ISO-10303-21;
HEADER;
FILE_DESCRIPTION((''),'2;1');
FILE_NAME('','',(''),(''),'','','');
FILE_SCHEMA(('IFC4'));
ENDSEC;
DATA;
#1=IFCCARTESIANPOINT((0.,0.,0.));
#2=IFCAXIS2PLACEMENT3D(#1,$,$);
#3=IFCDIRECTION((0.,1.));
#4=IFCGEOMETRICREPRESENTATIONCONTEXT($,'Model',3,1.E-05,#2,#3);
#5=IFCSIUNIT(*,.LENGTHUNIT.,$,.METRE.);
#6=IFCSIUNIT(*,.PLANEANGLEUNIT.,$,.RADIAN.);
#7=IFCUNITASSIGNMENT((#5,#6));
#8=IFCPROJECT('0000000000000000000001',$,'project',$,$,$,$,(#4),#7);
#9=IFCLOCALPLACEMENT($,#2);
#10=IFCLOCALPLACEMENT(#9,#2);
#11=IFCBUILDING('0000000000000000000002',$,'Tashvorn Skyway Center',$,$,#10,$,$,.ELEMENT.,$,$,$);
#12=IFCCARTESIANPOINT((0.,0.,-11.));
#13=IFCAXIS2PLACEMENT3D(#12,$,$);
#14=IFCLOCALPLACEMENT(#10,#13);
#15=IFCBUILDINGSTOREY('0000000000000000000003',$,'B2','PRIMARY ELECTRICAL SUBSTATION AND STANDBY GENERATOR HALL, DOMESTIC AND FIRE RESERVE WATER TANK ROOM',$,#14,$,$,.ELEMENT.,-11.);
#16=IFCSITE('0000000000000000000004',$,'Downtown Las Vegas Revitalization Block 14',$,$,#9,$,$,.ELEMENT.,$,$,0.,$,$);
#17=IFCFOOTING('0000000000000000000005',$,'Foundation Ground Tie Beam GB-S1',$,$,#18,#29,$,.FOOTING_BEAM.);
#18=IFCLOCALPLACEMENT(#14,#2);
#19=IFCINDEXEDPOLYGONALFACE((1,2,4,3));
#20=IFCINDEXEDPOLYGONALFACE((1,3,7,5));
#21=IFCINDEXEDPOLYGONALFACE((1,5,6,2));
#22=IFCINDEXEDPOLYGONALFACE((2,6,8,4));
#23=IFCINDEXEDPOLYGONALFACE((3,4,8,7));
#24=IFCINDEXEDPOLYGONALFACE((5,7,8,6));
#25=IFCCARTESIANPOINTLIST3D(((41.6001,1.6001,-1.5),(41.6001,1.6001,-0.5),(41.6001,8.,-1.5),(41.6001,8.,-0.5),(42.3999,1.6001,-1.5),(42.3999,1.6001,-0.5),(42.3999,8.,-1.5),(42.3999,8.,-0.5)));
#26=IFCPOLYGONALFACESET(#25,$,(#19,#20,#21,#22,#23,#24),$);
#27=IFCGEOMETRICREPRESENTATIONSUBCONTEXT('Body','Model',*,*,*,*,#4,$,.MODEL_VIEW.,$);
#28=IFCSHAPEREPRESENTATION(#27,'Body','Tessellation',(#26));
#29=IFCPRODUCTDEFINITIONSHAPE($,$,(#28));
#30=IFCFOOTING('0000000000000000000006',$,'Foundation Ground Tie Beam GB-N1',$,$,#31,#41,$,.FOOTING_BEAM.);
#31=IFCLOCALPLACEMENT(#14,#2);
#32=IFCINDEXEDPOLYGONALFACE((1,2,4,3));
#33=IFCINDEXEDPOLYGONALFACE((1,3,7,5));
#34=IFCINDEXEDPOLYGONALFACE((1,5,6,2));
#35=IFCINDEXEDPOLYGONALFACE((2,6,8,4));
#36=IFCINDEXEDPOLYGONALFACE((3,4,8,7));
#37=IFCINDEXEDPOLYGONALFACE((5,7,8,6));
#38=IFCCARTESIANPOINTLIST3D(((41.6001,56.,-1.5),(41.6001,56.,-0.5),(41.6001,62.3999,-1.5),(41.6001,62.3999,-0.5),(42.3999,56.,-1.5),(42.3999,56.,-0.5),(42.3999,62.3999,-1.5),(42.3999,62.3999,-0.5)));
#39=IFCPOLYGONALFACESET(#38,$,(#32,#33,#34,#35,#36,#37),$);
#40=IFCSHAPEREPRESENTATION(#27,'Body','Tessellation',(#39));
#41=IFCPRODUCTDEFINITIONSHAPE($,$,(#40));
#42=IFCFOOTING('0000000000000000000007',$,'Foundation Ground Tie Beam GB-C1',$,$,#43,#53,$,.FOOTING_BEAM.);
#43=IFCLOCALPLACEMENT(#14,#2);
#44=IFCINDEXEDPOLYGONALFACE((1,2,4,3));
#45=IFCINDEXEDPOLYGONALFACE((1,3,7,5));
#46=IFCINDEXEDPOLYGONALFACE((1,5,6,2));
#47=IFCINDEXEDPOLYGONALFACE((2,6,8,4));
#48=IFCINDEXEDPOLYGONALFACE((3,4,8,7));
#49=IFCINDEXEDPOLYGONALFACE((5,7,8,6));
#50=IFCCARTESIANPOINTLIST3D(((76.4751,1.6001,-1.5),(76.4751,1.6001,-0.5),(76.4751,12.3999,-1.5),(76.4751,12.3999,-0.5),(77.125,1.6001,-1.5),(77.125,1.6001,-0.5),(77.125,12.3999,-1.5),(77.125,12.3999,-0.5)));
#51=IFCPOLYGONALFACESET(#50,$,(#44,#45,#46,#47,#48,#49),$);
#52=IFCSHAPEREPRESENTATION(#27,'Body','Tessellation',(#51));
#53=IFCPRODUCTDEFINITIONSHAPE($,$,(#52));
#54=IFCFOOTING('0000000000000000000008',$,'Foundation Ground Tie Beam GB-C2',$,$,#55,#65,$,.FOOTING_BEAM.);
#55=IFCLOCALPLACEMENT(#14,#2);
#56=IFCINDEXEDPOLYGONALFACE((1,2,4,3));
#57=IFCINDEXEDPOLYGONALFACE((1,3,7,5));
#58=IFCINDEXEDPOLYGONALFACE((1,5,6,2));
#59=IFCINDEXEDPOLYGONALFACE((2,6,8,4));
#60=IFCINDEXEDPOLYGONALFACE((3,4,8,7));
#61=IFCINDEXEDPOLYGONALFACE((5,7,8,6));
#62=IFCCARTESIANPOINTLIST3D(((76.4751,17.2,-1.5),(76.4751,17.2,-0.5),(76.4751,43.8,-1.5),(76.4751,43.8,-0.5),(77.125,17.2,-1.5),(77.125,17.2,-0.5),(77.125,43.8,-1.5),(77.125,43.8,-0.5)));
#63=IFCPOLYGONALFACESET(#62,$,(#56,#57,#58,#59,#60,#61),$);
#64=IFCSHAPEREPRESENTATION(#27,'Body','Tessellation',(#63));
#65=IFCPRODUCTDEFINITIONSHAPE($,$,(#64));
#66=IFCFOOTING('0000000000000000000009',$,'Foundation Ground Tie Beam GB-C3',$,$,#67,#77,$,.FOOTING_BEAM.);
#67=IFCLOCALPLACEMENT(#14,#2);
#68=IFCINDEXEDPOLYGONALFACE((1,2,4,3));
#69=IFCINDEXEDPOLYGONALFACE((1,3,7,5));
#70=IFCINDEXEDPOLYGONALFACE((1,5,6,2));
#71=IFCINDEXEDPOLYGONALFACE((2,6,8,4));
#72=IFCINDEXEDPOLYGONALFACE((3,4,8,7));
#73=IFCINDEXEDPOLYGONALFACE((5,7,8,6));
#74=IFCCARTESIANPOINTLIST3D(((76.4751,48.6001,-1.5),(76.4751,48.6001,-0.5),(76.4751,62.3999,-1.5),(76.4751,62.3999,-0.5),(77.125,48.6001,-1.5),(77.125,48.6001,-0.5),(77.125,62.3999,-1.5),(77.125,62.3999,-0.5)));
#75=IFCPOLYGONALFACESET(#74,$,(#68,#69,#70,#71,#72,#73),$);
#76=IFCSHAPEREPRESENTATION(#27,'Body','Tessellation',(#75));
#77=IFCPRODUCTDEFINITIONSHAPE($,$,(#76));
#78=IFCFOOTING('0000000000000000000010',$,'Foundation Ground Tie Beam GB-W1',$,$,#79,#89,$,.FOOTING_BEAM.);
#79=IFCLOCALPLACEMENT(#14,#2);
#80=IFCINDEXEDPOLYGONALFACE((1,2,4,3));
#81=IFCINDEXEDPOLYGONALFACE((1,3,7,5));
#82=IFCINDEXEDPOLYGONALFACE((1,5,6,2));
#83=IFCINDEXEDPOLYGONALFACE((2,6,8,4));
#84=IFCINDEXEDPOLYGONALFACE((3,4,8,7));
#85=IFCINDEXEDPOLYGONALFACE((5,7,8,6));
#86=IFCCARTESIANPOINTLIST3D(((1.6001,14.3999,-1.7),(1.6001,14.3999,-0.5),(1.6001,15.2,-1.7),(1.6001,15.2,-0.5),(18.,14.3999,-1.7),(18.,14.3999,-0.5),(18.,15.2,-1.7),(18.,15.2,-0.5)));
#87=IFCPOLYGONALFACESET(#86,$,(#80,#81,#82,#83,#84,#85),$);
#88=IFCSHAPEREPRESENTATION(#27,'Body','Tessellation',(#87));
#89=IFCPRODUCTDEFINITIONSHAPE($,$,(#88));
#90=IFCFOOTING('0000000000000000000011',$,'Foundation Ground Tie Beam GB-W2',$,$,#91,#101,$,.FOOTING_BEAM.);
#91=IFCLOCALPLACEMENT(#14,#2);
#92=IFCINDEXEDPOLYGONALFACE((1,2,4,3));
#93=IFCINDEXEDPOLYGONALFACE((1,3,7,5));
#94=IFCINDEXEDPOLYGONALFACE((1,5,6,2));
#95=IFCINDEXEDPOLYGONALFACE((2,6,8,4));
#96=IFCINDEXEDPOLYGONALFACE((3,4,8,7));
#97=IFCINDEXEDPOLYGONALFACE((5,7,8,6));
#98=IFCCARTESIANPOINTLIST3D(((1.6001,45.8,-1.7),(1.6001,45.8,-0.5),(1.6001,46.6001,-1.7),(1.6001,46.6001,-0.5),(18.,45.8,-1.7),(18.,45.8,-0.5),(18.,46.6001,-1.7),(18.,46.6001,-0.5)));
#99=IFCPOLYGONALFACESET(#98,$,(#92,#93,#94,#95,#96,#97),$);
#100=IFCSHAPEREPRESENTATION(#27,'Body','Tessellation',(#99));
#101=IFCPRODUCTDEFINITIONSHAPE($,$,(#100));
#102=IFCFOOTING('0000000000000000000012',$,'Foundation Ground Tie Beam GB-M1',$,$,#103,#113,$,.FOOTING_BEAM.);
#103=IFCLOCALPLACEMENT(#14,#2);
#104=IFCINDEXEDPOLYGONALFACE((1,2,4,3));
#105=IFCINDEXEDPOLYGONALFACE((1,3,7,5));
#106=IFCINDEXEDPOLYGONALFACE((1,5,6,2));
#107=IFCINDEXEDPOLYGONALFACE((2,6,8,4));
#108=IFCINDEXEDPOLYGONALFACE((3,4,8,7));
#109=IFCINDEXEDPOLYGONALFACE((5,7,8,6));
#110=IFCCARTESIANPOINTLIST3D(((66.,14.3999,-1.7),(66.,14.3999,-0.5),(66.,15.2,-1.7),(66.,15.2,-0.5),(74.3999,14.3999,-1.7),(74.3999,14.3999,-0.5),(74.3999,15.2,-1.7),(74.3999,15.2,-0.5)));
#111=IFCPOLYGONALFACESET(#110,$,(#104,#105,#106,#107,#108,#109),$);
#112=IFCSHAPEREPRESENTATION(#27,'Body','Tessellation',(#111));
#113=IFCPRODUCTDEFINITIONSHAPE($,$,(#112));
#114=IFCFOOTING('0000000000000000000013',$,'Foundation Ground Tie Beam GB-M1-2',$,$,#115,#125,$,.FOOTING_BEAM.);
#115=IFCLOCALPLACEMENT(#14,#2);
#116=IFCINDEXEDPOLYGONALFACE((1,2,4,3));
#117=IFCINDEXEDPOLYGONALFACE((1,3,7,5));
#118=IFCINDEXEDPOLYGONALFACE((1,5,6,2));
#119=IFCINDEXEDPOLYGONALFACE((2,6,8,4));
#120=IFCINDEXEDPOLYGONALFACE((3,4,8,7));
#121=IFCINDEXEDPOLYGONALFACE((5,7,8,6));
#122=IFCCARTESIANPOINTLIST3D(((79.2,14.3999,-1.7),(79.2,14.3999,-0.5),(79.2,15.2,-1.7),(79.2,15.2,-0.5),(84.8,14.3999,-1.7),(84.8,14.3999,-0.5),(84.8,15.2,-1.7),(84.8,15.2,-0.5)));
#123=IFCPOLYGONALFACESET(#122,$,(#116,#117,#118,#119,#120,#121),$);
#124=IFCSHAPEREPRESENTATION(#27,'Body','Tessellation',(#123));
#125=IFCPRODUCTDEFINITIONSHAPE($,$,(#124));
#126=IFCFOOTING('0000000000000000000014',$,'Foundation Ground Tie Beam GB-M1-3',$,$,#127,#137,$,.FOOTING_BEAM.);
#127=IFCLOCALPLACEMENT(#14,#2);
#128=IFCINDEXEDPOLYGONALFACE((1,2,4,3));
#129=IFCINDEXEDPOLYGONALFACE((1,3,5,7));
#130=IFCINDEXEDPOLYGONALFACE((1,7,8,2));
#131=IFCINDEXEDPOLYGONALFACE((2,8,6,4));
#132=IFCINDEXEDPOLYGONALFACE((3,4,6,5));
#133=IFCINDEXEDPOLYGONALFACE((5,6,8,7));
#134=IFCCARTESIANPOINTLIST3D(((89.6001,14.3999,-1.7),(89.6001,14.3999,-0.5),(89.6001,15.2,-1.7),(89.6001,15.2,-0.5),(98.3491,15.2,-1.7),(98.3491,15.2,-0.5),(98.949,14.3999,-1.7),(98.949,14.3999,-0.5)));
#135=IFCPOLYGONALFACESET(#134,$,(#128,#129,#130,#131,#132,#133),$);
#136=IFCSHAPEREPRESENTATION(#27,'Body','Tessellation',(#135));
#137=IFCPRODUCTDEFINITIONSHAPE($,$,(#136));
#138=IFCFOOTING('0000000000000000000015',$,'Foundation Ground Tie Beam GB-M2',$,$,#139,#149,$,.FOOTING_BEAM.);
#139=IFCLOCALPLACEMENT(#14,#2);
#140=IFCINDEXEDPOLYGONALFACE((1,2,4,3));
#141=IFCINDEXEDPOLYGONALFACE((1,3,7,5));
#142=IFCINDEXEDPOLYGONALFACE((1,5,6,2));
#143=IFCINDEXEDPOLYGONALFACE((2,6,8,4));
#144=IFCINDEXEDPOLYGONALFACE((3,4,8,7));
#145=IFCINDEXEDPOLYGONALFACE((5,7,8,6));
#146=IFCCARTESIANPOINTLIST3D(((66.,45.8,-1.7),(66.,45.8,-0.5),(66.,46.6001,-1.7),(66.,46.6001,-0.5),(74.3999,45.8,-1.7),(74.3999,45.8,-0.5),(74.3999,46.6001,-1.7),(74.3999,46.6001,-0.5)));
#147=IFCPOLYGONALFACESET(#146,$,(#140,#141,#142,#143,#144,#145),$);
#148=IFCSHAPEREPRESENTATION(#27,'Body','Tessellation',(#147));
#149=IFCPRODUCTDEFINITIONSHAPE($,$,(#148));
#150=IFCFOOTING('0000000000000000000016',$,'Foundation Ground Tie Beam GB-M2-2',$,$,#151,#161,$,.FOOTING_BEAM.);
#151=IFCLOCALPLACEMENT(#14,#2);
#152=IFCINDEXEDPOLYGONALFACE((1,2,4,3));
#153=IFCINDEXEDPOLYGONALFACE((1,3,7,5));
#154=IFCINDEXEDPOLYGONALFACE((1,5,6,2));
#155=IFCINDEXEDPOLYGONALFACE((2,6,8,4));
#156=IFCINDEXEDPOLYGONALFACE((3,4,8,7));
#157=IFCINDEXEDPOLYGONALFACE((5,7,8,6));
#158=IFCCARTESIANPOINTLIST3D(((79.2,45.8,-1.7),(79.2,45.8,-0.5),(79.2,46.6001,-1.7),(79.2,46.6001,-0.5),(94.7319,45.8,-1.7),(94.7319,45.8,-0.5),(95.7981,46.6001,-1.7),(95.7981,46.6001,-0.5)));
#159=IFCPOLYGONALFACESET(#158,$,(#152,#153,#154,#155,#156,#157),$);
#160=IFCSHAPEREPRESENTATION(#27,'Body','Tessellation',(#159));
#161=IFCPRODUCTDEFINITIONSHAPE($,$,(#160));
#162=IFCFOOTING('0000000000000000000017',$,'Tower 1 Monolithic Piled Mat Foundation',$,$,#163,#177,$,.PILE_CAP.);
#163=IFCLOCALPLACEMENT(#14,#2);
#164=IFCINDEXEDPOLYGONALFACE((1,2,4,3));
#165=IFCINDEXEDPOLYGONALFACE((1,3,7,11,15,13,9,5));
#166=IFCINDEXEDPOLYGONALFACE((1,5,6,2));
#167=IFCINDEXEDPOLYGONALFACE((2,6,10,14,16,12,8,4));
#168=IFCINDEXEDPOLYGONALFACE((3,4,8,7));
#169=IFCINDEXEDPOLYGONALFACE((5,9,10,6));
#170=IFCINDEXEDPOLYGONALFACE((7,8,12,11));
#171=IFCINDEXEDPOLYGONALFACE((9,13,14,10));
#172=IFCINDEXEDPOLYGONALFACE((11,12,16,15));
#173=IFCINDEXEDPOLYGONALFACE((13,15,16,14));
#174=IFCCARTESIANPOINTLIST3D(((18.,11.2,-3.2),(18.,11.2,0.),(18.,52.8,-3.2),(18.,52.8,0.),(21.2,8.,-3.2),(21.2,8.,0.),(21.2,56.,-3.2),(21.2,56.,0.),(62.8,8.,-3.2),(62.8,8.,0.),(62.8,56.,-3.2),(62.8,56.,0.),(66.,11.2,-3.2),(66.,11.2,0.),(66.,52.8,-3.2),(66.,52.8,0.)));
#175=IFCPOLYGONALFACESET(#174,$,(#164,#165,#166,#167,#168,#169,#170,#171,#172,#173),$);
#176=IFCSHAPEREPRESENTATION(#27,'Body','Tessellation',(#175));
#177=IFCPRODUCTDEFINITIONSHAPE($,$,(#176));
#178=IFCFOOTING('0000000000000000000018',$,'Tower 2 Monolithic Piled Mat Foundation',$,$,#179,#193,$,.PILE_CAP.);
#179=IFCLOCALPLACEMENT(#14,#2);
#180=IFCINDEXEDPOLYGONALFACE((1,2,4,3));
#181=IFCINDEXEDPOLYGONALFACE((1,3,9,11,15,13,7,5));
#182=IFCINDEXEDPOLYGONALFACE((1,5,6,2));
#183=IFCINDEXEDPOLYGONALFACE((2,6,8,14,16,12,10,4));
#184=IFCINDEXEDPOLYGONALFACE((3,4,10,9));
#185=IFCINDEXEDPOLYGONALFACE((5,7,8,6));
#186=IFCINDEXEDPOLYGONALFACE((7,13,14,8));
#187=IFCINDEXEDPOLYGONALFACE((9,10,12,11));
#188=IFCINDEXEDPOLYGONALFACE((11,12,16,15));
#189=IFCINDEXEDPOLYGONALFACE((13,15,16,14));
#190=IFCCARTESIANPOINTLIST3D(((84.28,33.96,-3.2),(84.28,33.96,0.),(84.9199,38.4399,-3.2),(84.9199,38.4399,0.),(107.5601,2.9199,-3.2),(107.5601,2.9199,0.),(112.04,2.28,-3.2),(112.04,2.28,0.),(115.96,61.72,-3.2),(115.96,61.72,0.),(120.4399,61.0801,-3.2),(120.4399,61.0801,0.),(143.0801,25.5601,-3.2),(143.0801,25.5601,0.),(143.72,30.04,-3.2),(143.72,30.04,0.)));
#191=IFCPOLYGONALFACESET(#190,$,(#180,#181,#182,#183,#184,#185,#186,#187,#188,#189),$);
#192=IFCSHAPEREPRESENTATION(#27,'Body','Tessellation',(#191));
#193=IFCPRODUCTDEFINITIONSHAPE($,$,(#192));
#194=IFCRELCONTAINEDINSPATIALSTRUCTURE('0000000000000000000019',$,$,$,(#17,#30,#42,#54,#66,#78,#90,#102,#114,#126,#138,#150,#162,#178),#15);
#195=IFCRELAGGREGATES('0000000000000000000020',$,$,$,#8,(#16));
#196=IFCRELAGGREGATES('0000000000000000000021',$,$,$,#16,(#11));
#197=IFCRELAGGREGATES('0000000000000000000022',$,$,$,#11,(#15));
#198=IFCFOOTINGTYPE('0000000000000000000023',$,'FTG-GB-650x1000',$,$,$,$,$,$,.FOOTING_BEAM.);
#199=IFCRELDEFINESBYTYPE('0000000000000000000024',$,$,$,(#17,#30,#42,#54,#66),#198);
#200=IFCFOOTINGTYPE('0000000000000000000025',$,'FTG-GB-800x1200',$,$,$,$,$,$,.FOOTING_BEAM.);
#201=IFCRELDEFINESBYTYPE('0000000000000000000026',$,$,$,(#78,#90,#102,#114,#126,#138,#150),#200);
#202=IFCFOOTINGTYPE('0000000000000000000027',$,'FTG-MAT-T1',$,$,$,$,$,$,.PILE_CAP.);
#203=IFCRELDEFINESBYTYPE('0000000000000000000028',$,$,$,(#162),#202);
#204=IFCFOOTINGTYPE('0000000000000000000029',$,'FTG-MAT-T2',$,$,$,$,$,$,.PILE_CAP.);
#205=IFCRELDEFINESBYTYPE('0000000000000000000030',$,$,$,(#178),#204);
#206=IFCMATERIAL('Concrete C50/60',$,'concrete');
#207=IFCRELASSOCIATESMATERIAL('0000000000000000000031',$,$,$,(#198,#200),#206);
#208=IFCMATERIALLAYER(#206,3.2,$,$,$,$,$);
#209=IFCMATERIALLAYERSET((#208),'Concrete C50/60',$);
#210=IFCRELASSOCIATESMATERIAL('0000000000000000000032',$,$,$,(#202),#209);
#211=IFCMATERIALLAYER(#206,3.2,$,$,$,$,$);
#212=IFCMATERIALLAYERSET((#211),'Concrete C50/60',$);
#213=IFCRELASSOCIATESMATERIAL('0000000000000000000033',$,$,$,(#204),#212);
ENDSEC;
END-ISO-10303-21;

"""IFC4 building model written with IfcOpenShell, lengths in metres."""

from ifc_helpers import new_model, si_unit, direction, frame, origin, place, context, subcontext, project, spatial, polyline, outline, extrude, material, layer, layer_set, type_object, element, save


model = new_model("IFC4")

# Units and contexts
model_context = context("Model", 3, precision=1e-05, world=origin(), true_north=direction((0.0, 1.0)))
body_context = subcontext(model_context, "Body", "Model", "MODEL_VIEW")
ifc_project = project(units=[si_unit("LENGTHUNIT", "METRE"), si_unit("PLANEANGLEUNIT", "RADIAN")], contexts=[model_context])

# Site, building, storey
site_placement = place(None, origin())
site = spatial("IfcSite", under=ifc_project, at=site_placement, Name="Downtown Las Vegas Revitalization Block 14", CompositionType="ELEMENT", RefElevation=0.0)
building_placement = place(site_placement, origin())
building = spatial("IfcBuilding", under=site, at=building_placement, Name="Tashvorn Skyway Center", CompositionType="ELEMENT")
storey_placement = place(building_placement, frame((0.0, 0.0, -11.0)))
storey = spatial("IfcBuildingStorey", under=building, at=storey_placement, Name="B2", Description="PRIMARY ELECTRICAL SUBSTATION AND STANDBY GENERATOR HALL, DOMESTIC AND FIRE RESERVE WATER TANK ROOM", CompositionType="ELEMENT", Elevation=-11.0)

# Footings
ifc_material_1 = material(Name="Concrete C50/60", Category="concrete")
footing_type_1 = type_object("IfcFootingType", Name="FTG-GB-650x1000", PredefinedType="FOOTING_BEAM", material=ifc_material_1)
footing_1_placement = place(storey_placement, frame((0.0, 0.0, -1.5)))
element("IfcFooting", 1, at=footing_1_placement, inside=storey, type_object=footing_type_1, Name="Foundation Ground Tie Beam GB-S1", PredefinedType="FOOTING_BEAM", context=body_context, shape_type="SweptSolid", body=[
    extrude(outline(polyline([(41.6001, 1.6001), (42.3999, 1.6001), (42.3999, 8.0), (41.6001, 8.0), (41.6001, 1.6001)])), origin(), (0.0, 0.0, 1.0), 1.0),
])
footing_2_placement = place(storey_placement, frame((0.0, 0.0, -1.5)))
element("IfcFooting", 2, at=footing_2_placement, inside=storey, type_object=footing_type_1, Name="Foundation Ground Tie Beam GB-N1", PredefinedType="FOOTING_BEAM", context=body_context, shape_type="SweptSolid", body=[
    extrude(outline(polyline([(41.6001, 56.0), (42.3999, 56.0), (42.3999, 62.3999), (41.6001, 62.3999), (41.6001, 56.0)])), origin(), (0.0, 0.0, 1.0), 1.0),
])
footing_3_placement = place(storey_placement, frame((0.0, 0.0, -1.5)))
element("IfcFooting", 3, at=footing_3_placement, inside=storey, type_object=footing_type_1, Name="Foundation Ground Tie Beam GB-C1", PredefinedType="FOOTING_BEAM", context=body_context, shape_type="SweptSolid", body=[
    extrude(outline(polyline([(76.4751, 1.6001), (77.125, 1.6001), (77.125, 12.3999), (76.4751, 12.3999), (76.4751, 1.6001)])), origin(), (0.0, 0.0, 1.0), 1.0),
])
footing_4_placement = place(storey_placement, frame((0.0, 0.0, -1.5)))
element("IfcFooting", 4, at=footing_4_placement, inside=storey, type_object=footing_type_1, Name="Foundation Ground Tie Beam GB-C2", PredefinedType="FOOTING_BEAM", context=body_context, shape_type="SweptSolid", body=[
    extrude(outline(polyline([(76.4751, 17.2), (77.125, 17.2), (77.125, 43.8), (76.4751, 43.8), (76.4751, 17.2)])), origin(), (0.0, 0.0, 1.0), 1.0),
])
footing_5_placement = place(storey_placement, frame((0.0, 0.0, -1.5)))
element("IfcFooting", 5, at=footing_5_placement, inside=storey, type_object=footing_type_1, Name="Foundation Ground Tie Beam GB-C3", PredefinedType="FOOTING_BEAM", context=body_context, shape_type="SweptSolid", body=[
    extrude(outline(polyline([(76.4751, 48.6001), (77.125, 48.6001), (77.125, 62.3999), (76.4751, 62.3999), (76.4751, 48.6001)])), origin(), (0.0, 0.0, 1.0), 1.0),
])
footing_type_2 = type_object("IfcFootingType", Name="FTG-GB-800x1200", PredefinedType="FOOTING_BEAM", material=ifc_material_1)
footing_6_placement = place(storey_placement, frame((0.0, 0.0, -1.7)))
element("IfcFooting", 6, at=footing_6_placement, inside=storey, type_object=footing_type_2, Name="Foundation Ground Tie Beam GB-W1", PredefinedType="FOOTING_BEAM", context=body_context, shape_type="SweptSolid", body=[
    extrude(outline(polyline([(1.6001, 14.3999), (18.0, 14.3999), (18.0, 15.2), (1.6001, 15.2), (1.6001, 14.3999)])), origin(), (0.0, 0.0, 1.0), 1.2),
])
footing_7_placement = place(storey_placement, frame((0.0, 0.0, -1.7)))
element("IfcFooting", 7, at=footing_7_placement, inside=storey, type_object=footing_type_2, Name="Foundation Ground Tie Beam GB-W2", PredefinedType="FOOTING_BEAM", context=body_context, shape_type="SweptSolid", body=[
    extrude(outline(polyline([(1.6001, 45.8), (18.0, 45.8), (18.0, 46.6001), (1.6001, 46.6001), (1.6001, 45.8)])), origin(), (0.0, 0.0, 1.0), 1.2),
])
footing_8_placement = place(storey_placement, frame((0.0, 0.0, -1.7)))
element("IfcFooting", 8, at=footing_8_placement, inside=storey, type_object=footing_type_2, Name="Foundation Ground Tie Beam GB-M1", PredefinedType="FOOTING_BEAM", context=body_context, shape_type="SweptSolid", body=[
    extrude(outline(polyline([(66.0, 14.3999), (74.3999, 14.3999), (74.3999, 15.2), (66.0, 15.2), (66.0, 14.3999)])), origin(), (0.0, 0.0, 1.0), 1.2),
])
footing_9_placement = place(storey_placement, frame((0.0, 0.0, -1.7)))
element("IfcFooting", 9, at=footing_9_placement, inside=storey, type_object=footing_type_2, Name="Foundation Ground Tie Beam GB-M1-2", PredefinedType="FOOTING_BEAM", context=body_context, shape_type="SweptSolid", body=[
    extrude(outline(polyline([(79.2, 14.3999), (84.8, 14.3999), (84.8, 15.2), (79.2, 15.2), (79.2, 14.3999)])), origin(), (0.0, 0.0, 1.0), 1.2),
])
footing_10_placement = place(storey_placement, frame((0.0, 0.0, -1.7)))
element("IfcFooting", 10, at=footing_10_placement, inside=storey, type_object=footing_type_2, Name="Foundation Ground Tie Beam GB-M1-3", PredefinedType="FOOTING_BEAM", context=body_context, shape_type="SweptSolid", body=[
    extrude(outline(polyline([(89.6001, 14.3999), (98.949, 14.3999), (98.3491, 15.2), (89.6001, 15.2), (89.6001, 14.3999)])), origin(), (0.0, 0.0, 1.0), 1.2),
])
footing_11_placement = place(storey_placement, frame((0.0, 0.0, -1.7)))
element("IfcFooting", 11, at=footing_11_placement, inside=storey, type_object=footing_type_2, Name="Foundation Ground Tie Beam GB-M2", PredefinedType="FOOTING_BEAM", context=body_context, shape_type="SweptSolid", body=[
    extrude(outline(polyline([(66.0, 45.8), (74.3999, 45.8), (74.3999, 46.6001), (66.0, 46.6001), (66.0, 45.8)])), origin(), (0.0, 0.0, 1.0), 1.2),
])
footing_12_placement = place(storey_placement, frame((0.0, 0.0, -1.7)))
element("IfcFooting", 12, at=footing_12_placement, inside=storey, type_object=footing_type_2, Name="Foundation Ground Tie Beam GB-M2-2", PredefinedType="FOOTING_BEAM", context=body_context, shape_type="SweptSolid", body=[
    extrude(outline(polyline([(79.2, 45.8), (94.7319, 45.8), (95.7981, 46.6001), (79.2, 46.6001), (79.2, 45.8)])), origin(), (0.0, 0.0, 1.0), 1.2),
])
ifc_layer_1 = layer(ifc_material_1, 3.2)
ifc_layer_set_1 = layer_set([ifc_layer_1], Name="Concrete C50/60")
footing_type_3 = type_object("IfcFootingType", Name="FTG-MAT-T1", PredefinedType="PILE_CAP", material=ifc_layer_set_1)
footing_13_placement = place(storey_placement, frame((0.0, 0.0, -3.2)))
element("IfcFooting", 13, at=footing_13_placement, inside=storey, type_object=footing_type_3, Name="Tower 1 Monolithic Piled Mat Foundation", PredefinedType="PILE_CAP", context=body_context, shape_type="SweptSolid", body=[
    extrude(outline(polyline([(21.2, 8.0), (62.8, 8.0), (66.0, 11.2), (66.0, 52.8), (62.8, 56.0), (21.2, 56.0), (18.0, 52.8), (18.0, 11.2), (21.2, 8.0)])), origin(), (0.0, 0.0, 1.0), 3.2),
])
ifc_layer_2 = layer(ifc_material_1, 3.2)
ifc_layer_set_2 = layer_set([ifc_layer_2], Name="Concrete C50/60")
footing_type_4 = type_object("IfcFootingType", Name="FTG-MAT-T2", PredefinedType="PILE_CAP", material=ifc_layer_set_2)
footing_14_placement = place(storey_placement, frame((0.0, 0.0, -3.2)))
element("IfcFooting", 14, at=footing_14_placement, inside=storey, type_object=footing_type_4, Name="Tower 2 Monolithic Piled Mat Foundation", PredefinedType="PILE_CAP", context=body_context, shape_type="SweptSolid", body=[
    extrude(outline(polyline([(112.04, 2.28), (143.0801, 25.5601), (143.72, 30.04), (120.4399, 61.0801), (115.96, 61.72), (84.9199, 38.4399), (84.28, 33.96), (107.5601, 2.9199), (112.04, 2.28)])), origin(), (0.0, 0.0, 1.0), 3.2),
])

save(model, "model.ifc")
